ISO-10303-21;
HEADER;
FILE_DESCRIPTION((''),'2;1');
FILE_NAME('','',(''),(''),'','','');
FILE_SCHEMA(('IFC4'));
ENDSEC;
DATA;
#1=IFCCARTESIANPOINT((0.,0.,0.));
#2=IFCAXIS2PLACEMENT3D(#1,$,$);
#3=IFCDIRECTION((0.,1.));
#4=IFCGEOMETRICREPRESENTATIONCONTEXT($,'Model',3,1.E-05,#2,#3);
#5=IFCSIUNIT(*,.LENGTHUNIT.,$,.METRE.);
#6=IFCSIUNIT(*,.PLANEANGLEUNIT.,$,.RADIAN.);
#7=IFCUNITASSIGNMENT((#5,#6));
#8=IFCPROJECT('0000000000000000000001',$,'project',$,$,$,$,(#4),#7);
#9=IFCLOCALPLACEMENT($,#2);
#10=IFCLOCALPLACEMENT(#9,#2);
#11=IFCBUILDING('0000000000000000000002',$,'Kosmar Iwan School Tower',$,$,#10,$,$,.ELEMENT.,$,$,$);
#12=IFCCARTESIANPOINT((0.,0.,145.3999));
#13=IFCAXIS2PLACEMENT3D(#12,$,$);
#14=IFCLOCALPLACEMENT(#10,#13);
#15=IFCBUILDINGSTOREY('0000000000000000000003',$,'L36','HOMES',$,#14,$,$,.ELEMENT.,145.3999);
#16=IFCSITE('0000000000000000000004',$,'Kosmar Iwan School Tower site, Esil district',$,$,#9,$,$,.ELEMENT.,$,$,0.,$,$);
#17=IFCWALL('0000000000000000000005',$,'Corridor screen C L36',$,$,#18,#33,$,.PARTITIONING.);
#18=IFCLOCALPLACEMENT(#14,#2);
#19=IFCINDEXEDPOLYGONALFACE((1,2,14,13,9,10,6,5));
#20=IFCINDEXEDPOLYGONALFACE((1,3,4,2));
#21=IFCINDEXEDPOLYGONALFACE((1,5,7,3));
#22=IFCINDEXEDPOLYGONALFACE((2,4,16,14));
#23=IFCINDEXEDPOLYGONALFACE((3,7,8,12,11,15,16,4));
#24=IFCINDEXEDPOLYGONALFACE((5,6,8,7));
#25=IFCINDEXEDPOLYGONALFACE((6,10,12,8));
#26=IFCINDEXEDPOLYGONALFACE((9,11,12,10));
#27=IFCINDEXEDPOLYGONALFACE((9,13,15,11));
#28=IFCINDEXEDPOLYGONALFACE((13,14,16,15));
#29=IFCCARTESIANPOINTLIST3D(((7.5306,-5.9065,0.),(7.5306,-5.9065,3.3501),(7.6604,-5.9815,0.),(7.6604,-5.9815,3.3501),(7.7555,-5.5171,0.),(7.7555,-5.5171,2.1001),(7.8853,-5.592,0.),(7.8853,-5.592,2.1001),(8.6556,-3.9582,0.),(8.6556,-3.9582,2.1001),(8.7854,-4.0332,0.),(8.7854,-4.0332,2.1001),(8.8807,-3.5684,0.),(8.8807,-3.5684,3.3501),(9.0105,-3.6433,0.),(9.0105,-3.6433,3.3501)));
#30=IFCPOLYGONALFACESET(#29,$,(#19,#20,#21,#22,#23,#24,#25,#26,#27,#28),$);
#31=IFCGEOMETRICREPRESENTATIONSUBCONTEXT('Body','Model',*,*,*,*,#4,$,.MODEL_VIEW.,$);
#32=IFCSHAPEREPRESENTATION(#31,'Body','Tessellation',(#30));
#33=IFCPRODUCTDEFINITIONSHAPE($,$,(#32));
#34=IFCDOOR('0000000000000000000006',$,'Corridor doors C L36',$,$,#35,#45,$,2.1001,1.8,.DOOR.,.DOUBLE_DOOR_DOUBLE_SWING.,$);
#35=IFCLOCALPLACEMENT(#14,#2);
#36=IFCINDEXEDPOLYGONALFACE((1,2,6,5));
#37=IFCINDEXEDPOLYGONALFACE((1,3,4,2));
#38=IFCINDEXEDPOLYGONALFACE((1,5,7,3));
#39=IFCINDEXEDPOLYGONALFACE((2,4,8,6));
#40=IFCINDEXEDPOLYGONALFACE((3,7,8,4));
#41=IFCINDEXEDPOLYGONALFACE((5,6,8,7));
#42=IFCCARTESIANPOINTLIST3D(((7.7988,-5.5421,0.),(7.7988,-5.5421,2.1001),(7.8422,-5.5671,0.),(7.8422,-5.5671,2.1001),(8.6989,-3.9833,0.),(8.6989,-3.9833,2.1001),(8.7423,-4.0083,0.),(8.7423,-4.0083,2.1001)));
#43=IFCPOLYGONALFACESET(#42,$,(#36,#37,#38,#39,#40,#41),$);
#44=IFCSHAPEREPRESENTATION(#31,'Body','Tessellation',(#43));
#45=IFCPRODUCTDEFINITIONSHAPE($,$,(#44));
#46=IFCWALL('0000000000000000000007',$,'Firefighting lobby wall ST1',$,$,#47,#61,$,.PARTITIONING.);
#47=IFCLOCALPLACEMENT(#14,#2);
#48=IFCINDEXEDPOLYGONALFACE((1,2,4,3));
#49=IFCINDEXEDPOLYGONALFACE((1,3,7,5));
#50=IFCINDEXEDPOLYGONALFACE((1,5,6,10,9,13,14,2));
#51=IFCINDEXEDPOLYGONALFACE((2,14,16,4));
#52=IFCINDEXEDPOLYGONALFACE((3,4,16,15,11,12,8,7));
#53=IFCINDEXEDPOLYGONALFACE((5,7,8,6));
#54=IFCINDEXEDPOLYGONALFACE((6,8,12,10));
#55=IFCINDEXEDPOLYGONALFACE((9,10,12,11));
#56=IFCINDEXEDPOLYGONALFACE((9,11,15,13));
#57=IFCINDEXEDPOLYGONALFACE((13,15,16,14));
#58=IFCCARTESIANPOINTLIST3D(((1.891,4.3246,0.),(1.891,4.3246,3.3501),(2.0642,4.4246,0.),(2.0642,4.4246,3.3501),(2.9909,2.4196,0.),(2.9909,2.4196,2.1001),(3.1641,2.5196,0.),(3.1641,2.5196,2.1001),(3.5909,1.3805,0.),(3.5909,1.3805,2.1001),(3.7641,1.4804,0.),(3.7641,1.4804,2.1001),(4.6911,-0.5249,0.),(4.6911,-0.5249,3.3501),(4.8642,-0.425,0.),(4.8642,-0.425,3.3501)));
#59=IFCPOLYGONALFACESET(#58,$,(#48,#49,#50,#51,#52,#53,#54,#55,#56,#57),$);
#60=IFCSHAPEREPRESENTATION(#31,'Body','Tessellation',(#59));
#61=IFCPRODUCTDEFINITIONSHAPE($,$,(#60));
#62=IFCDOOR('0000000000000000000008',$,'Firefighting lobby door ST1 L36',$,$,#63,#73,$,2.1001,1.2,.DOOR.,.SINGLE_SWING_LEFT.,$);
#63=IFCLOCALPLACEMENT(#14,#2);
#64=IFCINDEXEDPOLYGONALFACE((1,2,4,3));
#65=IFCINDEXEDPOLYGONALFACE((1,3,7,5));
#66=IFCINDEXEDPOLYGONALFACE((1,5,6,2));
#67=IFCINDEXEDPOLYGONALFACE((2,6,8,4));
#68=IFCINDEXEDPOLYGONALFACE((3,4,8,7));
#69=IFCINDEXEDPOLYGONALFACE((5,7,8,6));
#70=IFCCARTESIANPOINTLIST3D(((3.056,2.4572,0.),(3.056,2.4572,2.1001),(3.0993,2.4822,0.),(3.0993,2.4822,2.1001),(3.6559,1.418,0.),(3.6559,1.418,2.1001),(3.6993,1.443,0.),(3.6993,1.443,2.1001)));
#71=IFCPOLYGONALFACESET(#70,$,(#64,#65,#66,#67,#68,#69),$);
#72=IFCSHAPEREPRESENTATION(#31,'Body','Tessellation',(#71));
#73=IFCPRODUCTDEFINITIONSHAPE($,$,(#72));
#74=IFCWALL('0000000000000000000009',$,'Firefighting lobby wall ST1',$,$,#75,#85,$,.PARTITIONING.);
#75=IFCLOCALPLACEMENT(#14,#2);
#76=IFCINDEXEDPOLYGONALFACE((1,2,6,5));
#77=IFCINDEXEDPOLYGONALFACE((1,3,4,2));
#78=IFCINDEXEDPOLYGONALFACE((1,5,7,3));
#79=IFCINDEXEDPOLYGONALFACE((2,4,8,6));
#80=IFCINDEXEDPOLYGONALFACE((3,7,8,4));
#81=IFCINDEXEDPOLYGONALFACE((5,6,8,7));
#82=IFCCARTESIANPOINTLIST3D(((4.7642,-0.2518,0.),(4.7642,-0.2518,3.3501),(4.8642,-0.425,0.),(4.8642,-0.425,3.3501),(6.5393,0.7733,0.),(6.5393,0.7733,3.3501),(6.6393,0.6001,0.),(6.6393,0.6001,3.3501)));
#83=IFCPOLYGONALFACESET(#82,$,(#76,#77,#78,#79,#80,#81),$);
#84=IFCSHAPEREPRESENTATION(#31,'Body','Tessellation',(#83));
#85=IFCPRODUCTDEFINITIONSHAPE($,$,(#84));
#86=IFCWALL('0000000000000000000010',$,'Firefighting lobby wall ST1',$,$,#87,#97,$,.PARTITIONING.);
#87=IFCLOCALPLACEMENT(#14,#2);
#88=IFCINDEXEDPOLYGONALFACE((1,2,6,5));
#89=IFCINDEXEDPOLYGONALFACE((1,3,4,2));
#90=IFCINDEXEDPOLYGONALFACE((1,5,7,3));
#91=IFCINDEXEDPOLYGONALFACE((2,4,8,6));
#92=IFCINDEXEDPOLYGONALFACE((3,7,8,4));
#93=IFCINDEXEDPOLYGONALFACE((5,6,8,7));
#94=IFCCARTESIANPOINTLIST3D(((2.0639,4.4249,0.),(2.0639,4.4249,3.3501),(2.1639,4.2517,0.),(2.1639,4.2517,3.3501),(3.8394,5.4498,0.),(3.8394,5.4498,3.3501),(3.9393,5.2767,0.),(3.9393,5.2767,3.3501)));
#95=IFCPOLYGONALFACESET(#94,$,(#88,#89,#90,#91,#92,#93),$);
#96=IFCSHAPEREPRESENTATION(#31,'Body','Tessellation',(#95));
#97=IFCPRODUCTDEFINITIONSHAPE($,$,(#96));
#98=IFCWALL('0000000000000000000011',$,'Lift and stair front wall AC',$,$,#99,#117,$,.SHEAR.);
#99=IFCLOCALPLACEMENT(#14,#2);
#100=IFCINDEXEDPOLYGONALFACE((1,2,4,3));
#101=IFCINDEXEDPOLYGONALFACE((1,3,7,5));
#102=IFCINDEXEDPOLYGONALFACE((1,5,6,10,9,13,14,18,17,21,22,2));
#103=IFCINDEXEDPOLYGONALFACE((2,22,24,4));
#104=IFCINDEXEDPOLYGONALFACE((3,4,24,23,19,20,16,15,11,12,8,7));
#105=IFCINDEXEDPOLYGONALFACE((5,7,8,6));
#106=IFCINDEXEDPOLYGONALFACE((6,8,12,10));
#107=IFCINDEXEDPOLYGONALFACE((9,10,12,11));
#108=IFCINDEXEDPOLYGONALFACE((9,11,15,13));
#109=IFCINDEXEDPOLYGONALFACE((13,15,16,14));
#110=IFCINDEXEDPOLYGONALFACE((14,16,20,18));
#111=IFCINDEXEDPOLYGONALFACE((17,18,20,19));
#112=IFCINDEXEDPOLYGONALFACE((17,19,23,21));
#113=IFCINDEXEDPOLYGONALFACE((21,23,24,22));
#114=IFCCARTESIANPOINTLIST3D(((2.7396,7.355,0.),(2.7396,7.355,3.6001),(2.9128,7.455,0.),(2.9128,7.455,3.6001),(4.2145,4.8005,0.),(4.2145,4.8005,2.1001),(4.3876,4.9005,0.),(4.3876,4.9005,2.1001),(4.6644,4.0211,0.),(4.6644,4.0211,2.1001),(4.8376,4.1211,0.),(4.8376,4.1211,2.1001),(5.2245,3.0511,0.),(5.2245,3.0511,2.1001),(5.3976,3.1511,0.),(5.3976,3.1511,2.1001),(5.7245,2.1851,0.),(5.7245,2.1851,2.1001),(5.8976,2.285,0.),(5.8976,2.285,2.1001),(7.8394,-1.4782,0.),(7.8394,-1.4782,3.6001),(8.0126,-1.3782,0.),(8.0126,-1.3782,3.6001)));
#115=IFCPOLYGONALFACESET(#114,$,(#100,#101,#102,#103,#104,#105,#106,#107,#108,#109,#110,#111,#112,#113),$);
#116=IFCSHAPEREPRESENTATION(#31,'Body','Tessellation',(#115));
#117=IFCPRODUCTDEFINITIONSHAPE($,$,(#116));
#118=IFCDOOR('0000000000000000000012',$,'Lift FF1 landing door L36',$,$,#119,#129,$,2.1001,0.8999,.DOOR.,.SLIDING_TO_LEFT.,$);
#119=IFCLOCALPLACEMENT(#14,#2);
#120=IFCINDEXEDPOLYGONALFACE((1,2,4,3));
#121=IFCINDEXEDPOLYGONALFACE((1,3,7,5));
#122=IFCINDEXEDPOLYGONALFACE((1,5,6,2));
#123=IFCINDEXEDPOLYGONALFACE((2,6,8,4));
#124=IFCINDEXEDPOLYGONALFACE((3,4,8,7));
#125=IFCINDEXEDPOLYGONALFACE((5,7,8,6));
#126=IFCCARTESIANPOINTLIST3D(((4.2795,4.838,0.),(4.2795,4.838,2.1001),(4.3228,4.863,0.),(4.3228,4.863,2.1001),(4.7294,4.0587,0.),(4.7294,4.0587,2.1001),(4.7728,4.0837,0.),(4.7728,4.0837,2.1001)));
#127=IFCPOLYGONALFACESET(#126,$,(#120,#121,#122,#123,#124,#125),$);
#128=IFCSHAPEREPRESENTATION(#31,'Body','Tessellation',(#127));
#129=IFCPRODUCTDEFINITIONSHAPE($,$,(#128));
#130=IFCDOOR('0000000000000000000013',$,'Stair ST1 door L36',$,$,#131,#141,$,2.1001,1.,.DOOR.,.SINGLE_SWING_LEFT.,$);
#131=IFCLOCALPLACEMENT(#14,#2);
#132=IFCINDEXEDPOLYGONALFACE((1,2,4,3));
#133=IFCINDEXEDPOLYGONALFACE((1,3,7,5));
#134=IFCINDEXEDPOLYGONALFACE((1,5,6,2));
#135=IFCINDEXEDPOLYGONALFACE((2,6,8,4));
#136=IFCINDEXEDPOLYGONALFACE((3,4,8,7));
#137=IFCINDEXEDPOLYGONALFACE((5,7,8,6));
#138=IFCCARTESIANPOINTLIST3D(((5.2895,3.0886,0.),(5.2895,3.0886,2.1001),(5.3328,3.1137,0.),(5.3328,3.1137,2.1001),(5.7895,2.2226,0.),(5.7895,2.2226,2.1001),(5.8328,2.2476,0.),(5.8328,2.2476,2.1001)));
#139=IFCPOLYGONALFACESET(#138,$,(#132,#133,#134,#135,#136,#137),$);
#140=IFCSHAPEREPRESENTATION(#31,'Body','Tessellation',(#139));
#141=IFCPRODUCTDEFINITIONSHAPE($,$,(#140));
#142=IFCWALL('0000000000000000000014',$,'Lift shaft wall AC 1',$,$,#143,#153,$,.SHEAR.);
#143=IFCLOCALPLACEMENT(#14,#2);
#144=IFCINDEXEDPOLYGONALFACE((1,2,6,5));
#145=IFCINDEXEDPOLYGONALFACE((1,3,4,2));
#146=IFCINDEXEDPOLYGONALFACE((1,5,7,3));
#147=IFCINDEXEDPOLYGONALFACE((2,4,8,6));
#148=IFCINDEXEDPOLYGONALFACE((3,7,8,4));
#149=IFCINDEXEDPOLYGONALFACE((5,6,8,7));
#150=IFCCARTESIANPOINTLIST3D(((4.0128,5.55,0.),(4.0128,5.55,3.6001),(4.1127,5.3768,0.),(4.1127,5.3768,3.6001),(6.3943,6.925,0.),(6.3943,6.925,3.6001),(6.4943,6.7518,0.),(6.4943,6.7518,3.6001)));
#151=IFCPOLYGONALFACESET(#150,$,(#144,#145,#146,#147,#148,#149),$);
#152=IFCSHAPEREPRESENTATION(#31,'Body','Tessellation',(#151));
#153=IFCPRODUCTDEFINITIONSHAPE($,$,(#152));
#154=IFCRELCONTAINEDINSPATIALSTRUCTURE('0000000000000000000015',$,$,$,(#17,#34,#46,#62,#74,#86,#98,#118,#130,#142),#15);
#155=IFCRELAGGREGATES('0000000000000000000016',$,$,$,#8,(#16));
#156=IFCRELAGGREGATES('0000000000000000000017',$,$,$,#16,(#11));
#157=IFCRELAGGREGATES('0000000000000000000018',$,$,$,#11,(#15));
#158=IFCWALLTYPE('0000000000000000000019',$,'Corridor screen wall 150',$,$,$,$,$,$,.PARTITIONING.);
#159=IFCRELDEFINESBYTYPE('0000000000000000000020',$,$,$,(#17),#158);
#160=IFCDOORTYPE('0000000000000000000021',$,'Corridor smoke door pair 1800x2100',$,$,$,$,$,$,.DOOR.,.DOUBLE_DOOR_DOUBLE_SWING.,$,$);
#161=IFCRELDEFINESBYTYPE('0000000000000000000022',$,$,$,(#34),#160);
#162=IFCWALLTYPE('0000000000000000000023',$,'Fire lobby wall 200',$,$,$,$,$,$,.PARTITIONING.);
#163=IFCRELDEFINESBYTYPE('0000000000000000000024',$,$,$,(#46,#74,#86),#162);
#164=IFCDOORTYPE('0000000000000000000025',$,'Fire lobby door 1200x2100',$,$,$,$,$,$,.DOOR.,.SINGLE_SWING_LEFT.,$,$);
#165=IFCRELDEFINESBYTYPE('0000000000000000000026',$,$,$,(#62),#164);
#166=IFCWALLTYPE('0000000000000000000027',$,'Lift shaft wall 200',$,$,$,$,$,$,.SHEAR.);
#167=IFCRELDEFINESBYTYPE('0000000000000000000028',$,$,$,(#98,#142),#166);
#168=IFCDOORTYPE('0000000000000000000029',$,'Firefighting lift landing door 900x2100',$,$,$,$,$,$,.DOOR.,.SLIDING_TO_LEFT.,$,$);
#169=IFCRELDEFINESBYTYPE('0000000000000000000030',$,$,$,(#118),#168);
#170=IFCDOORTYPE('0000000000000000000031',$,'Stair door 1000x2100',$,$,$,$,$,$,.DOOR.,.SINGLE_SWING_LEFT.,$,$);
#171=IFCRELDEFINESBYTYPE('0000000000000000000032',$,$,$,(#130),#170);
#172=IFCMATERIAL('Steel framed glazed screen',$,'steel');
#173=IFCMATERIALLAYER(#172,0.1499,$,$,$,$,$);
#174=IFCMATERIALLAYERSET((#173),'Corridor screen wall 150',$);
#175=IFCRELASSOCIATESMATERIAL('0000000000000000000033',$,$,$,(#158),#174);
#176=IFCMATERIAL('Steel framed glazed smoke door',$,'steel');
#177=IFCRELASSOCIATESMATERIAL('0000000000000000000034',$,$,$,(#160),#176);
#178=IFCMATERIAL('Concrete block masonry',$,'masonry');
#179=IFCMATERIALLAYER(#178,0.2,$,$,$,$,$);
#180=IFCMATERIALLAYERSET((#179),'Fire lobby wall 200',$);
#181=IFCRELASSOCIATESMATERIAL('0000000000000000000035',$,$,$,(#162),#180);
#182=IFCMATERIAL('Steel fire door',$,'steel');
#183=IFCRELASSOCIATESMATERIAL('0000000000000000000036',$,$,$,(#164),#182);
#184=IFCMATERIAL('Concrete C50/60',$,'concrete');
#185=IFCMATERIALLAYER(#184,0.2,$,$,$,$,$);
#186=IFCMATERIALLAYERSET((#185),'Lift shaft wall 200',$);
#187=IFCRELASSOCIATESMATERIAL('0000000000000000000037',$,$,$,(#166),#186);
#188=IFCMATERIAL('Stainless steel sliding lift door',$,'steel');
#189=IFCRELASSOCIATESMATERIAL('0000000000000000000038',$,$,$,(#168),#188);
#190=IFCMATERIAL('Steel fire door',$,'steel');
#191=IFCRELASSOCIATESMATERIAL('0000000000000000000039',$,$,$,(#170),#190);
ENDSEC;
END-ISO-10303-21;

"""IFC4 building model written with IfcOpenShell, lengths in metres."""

from ifc_helpers import new_model, si_unit, direction, frame, frame_2d, origin, place, context, subcontext, project, spatial, rectangle, extrude, material, layer, layer_set, type_object, element, fill, save


model = new_model("IFC4")

# Units and contexts
model_context = context("Model", 3, precision=1e-05, world=origin(), true_north=direction((0.0, 1.0)))
body_context = subcontext(model_context, "Body", "Model", "MODEL_VIEW")
ifc_project = project(units=[si_unit("LENGTHUNIT", "METRE"), si_unit("PLANEANGLEUNIT", "RADIAN")], contexts=[model_context])

# Site, building, storey
site_placement = place(None, origin())
site = spatial("IfcSite", under=ifc_project, at=site_placement, Name="Kosmar Iwan School Tower site, Esil district", CompositionType="ELEMENT", RefElevation=0.0)
building_placement = place(site_placement, origin())
building = spatial("IfcBuilding", under=site, at=building_placement, Name="Kosmar Iwan School Tower", CompositionType="ELEMENT")
storey_placement = place(building_placement, frame((0.0, 0.0, 145.3999)))
storey = spatial("IfcBuildingStorey", under=building, at=storey_placement, Name="L36", Description="HOMES", CompositionType="ELEMENT", Elevation=145.3999)

# Walls, openings, doors
ifc_material_1 = material(Name="Steel framed glazed screen", Category="steel")
ifc_layer_1 = layer(ifc_material_1, 0.1499)
ifc_layer_set_1 = layer_set([ifc_layer_1], Name="Corridor screen wall 150")
wall_type_1 = type_object("IfcWallType", Name="Corridor screen wall 150", PredefinedType="PARTITIONING", material=ifc_layer_set_1)
wall_1_placement = place(storey_placement, frame((7.5955, -5.9441, 0.0), z_axis=(0.0, 0.0, 1.0), x_axis=(0.500049, 0.865997, 0.0)))
wall_1 = element("IfcWall", 1, at=wall_1_placement, inside=storey, type_object=wall_type_1, Name="Corridor screen C L36", PredefinedType="PARTITIONING", context=body_context, shape_type="SweptSolid", body=[
    extrude(rectangle(XDim=2.7, YDim=0.1499, at=frame_2d((1.3501, 0.0))), origin(), (0.0, 0.0, 1.0), 3.3501),
])
opening_1_placement = place(wall_1_placement, frame((0.45, 0.0, 0.0)))
opening_1 = element("IfcOpeningElement", 2, at=opening_1_placement, cuts=wall_1, PredefinedType="OPENING", context=body_context, shape_type="SweptSolid", body=[
    extrude(rectangle(XDim=1.8, YDim=2.1001, at=frame_2d((0.8999, 1.05))), frame((0.0, 0.0869, 0.0), z_axis=(0.0, -1.0, 0.0), x_axis=(1.0, 0.0, 0.0)), (0.0, 0.0, 1.0), 0.1738),
])
ifc_material_2 = material(Name="Steel framed glazed smoke door", Category="steel")
door_type_1 = type_object("IfcDoorType", Name="Corridor smoke door pair 1800x2100", OperationType="DOUBLE_DOOR_DOUBLE_SWING", PredefinedType="DOOR", material=ifc_material_2)
door_1_placement = place(opening_1_placement, origin())
door_1 = element("IfcDoor", 3, at=door_1_placement, inside=storey, type_object=door_type_1, Name="Corridor doors C L36", OperationType="DOUBLE_DOOR_DOUBLE_SWING", OverallHeight=2.1001, OverallWidth=1.8, PredefinedType="DOOR", context=body_context, shape_type="SweptSolid", body=[
    extrude(rectangle(XDim=1.8, YDim=2.1001, at=frame_2d((0.8999, 1.05))), frame((0.0, 0.0249, 0.0), z_axis=(0.0, -1.0, 0.0), x_axis=(1.0, 0.0, 0.0)), (0.0, 0.0, 1.0), 0.05),
])
fill(opening_1, door_1)
ifc_material_3 = material(Name="Concrete block masonry", Category="masonry")
ifc_layer_2 = layer(ifc_material_3, 0.2)
ifc_layer_set_2 = layer_set([ifc_layer_2], Name="Fire lobby wall 200")
wall_type_2 = type_object("IfcWallType", Name="Fire lobby wall 200", PredefinedType="PARTITIONING", material=ifc_layer_set_2)
wall_2_placement = place(storey_placement, frame((4.7776, -0.4749, 0.0), z_axis=(0.0, 0.0, 1.0), x_axis=(-0.500017, 0.866016, 0.0)))
wall_2 = element("IfcWall", 4, at=wall_2_placement, inside=storey, type_object=wall_type_2, Name="Firefighting lobby wall ST1", PredefinedType="PARTITIONING", context=body_context, shape_type="SweptSolid", body=[
    extrude(rectangle(XDim=5.5999, YDim=0.2, at=frame_2d((2.7998, 0.0))), origin(), (0.0, 0.0, 1.0), 3.3501),
])
opening_2_placement = place(wall_2_placement, frame((2.2, 0.0, 0.0)))
opening_2 = element("IfcOpeningElement", 5, at=opening_2_placement, cuts=wall_2, PredefinedType="OPENING", context=body_context, shape_type="SweptSolid", body=[
    extrude(rectangle(XDim=1.2, YDim=2.1001, at=frame_2d((0.6001, 1.05))), frame((0.0, 0.1121, 0.0), z_axis=(0.0, -1.0, 0.0), x_axis=(1.0, 0.0, 0.0)), (0.0, 0.0, 1.0), 0.2239),
])
ifc_material_4 = material(Name="Steel fire door", Category="steel")
door_type_2 = type_object("IfcDoorType", Name="Fire lobby door 1200x2100", OperationType="SINGLE_SWING_LEFT", PredefinedType="DOOR", material=ifc_material_4)
door_2_placement = place(opening_2_placement, origin())
door_2 = element("IfcDoor", 6, at=door_2_placement, inside=storey, type_object=door_type_2, Name="Firefighting lobby door ST1 L36", OperationType="SINGLE_SWING_LEFT", OverallHeight=2.1001, OverallWidth=1.2, PredefinedType="DOOR", context=body_context, shape_type="SweptSolid", body=[
    extrude(rectangle(XDim=1.2, YDim=2.1001, at=frame_2d((0.6001, 1.05))), frame((0.0, 0.0249, 0.0), z_axis=(0.0, -1.0, 0.0), x_axis=(1.0, 0.0, 0.0)), (0.0, 0.0, 1.0), 0.05),
])
fill(opening_2, door_2)

# Walls
wall_3_placement = place(storey_placement, frame((4.8142, -0.3384, 0.0), z_axis=(0.0, 0.0, 1.0), x_axis=(0.865969, 0.500097, 0.0)))
element("IfcWall", 7, at=wall_3_placement, inside=storey, type_object=wall_type_2, Name="Firefighting lobby wall ST1", PredefinedType="PARTITIONING", context=body_context, shape_type="SweptSolid", body=[
    extrude(rectangle(XDim=2.0498, YDim=0.2, at=frame_2d((1.0249, 0.0))), origin(), (0.0, 0.0, 1.0), 3.3501),
])
wall_4_placement = place(storey_placement, frame((2.114, 4.3384, 0.0), z_axis=(0.0, 0.0, 1.0), x_axis=(0.866051, 0.499956, 0.0)))
element("IfcWall", 8, at=wall_4_placement, inside=storey, type_object=wall_type_2, Name="Firefighting lobby wall ST1", PredefinedType="PARTITIONING", context=body_context, shape_type="SweptSolid", body=[
    extrude(rectangle(XDim=2.05, YDim=0.2, at=frame_2d((1.0249, 0.0))), origin(), (0.0, 0.0, 1.0), 3.3501),
])

# Wall, openings, doors
ifc_material_5 = material(Name="Concrete C50/60", Category="concrete")
ifc_layer_3 = layer(ifc_material_5, 0.2)
ifc_layer_set_3 = layer_set([ifc_layer_3], Name="Lift shaft wall 200")
wall_type_3 = type_object("IfcWallType", Name="Lift shaft wall 200", PredefinedType="SHEAR", material=ifc_layer_set_3)
wall_5_placement = place(storey_placement, frame((7.926, -1.4282, 0.0), z_axis=(0.0, 0.0, 1.0), x_axis=(-0.499998, 0.866027, 0.0)))
wall_5 = element("IfcWall", 9, at=wall_5_placement, inside=storey, type_object=wall_type_3, Name="Lift and stair front wall AC", PredefinedType="SHEAR", context=body_context, shape_type="SweptSolid", body=[
    extrude(rectangle(XDim=10.1997, YDim=0.2, at=frame_2d((5.0999, 0.0))), origin(), (0.0, 0.0, 1.0), 3.6001),
])
opening_3_placement = place(wall_5_placement, frame((6.3501, 0.0, 0.0)))
opening_3 = element("IfcOpeningElement", 10, at=opening_3_placement, cuts=wall_5, PredefinedType="OPENING", context=body_context, shape_type="SweptSolid", body=[
    extrude(rectangle(XDim=0.8999, YDim=2.1001, at=frame_2d((0.45, 1.05))), frame((0.0, 0.1121, 0.0), z_axis=(0.0, -1.0, 0.0), x_axis=(1.0, 0.0, 0.0)), (0.0, 0.0, 1.0), 0.2239),
])
opening_4_placement = place(wall_5_placement, frame((4.23, 0.0, 0.0)))
opening_4 = element("IfcOpeningElement", 11, at=opening_4_placement, cuts=wall_5, PredefinedType="OPENING", context=body_context, shape_type="SweptSolid", body=[
    extrude(rectangle(XDim=1.0, YDim=2.1001, at=frame_2d((0.5, 1.05))), frame((0.0, 0.1121, 0.0), z_axis=(0.0, -1.0, 0.0), x_axis=(1.0, 0.0, 0.0)), (0.0, 0.0, 1.0), 0.2239),
])
ifc_material_6 = material(Name="Stainless steel sliding lift door", Category="steel")
door_type_3 = type_object("IfcDoorType", Name="Firefighting lift landing door 900x2100", OperationType="SLIDING_TO_LEFT", PredefinedType="DOOR", material=ifc_material_6)
door_3_placement = place(opening_3_placement, origin())
door_3 = element("IfcDoor", 12, at=door_3_placement, inside=storey, type_object=door_type_3, Name="Lift FF1 landing door L36", OperationType="SLIDING_TO_LEFT", OverallHeight=2.1001, OverallWidth=0.8999, PredefinedType="DOOR", context=body_context, shape_type="SweptSolid", body=[
    extrude(rectangle(XDim=0.8999, YDim=2.1001, at=frame_2d((0.45, 1.05))), frame((0.0, 0.0249, 0.0), z_axis=(0.0, -1.0, 0.0), x_axis=(1.0, 0.0, 0.0)), (0.0, 0.0, 1.0), 0.05),
])
fill(opening_3, door_3)
ifc_material_7 = material(Name="Steel fire door", Category="steel")
door_type_4 = type_object("IfcDoorType", Name="Stair door 1000x2100", OperationType="SINGLE_SWING_LEFT", PredefinedType="DOOR", material=ifc_material_7)
door_4_placement = place(opening_4_placement, origin())
door_4 = element("IfcDoor", 13, at=door_4_placement, inside=storey, type_object=door_type_4, Name="Stair ST1 door L36", OperationType="SINGLE_SWING_LEFT", OverallHeight=2.1001, OverallWidth=1.0, PredefinedType="DOOR", context=body_context, shape_type="SweptSolid", body=[
    extrude(rectangle(XDim=1.0, YDim=2.1001, at=frame_2d((0.5, 1.05))), frame((0.0, 0.0249, 0.0), z_axis=(0.0, -1.0, 0.0), x_axis=(1.0, 0.0, 0.0)), (0.0, 0.0, 1.0), 0.05),
])
fill(opening_4, door_4)

# Wall
wall_6_placement = place(storey_placement, frame((4.0627, 5.4634, 0.0), z_axis=(0.0, 0.0, 1.0), x_axis=(0.866027, 0.499997, 0.0)))
element("IfcWall", 14, at=wall_6_placement, inside=storey, type_object=wall_type_3, Name="Lift shaft wall AC 1", PredefinedType="SHEAR", context=body_context, shape_type="SweptSolid", body=[
    extrude(rectangle(XDim=2.75, YDim=0.2, at=frame_2d((1.375, 0.0))), origin(), (0.0, 0.0, 1.0), 3.6001),
])

save(model, "model.ifc")
